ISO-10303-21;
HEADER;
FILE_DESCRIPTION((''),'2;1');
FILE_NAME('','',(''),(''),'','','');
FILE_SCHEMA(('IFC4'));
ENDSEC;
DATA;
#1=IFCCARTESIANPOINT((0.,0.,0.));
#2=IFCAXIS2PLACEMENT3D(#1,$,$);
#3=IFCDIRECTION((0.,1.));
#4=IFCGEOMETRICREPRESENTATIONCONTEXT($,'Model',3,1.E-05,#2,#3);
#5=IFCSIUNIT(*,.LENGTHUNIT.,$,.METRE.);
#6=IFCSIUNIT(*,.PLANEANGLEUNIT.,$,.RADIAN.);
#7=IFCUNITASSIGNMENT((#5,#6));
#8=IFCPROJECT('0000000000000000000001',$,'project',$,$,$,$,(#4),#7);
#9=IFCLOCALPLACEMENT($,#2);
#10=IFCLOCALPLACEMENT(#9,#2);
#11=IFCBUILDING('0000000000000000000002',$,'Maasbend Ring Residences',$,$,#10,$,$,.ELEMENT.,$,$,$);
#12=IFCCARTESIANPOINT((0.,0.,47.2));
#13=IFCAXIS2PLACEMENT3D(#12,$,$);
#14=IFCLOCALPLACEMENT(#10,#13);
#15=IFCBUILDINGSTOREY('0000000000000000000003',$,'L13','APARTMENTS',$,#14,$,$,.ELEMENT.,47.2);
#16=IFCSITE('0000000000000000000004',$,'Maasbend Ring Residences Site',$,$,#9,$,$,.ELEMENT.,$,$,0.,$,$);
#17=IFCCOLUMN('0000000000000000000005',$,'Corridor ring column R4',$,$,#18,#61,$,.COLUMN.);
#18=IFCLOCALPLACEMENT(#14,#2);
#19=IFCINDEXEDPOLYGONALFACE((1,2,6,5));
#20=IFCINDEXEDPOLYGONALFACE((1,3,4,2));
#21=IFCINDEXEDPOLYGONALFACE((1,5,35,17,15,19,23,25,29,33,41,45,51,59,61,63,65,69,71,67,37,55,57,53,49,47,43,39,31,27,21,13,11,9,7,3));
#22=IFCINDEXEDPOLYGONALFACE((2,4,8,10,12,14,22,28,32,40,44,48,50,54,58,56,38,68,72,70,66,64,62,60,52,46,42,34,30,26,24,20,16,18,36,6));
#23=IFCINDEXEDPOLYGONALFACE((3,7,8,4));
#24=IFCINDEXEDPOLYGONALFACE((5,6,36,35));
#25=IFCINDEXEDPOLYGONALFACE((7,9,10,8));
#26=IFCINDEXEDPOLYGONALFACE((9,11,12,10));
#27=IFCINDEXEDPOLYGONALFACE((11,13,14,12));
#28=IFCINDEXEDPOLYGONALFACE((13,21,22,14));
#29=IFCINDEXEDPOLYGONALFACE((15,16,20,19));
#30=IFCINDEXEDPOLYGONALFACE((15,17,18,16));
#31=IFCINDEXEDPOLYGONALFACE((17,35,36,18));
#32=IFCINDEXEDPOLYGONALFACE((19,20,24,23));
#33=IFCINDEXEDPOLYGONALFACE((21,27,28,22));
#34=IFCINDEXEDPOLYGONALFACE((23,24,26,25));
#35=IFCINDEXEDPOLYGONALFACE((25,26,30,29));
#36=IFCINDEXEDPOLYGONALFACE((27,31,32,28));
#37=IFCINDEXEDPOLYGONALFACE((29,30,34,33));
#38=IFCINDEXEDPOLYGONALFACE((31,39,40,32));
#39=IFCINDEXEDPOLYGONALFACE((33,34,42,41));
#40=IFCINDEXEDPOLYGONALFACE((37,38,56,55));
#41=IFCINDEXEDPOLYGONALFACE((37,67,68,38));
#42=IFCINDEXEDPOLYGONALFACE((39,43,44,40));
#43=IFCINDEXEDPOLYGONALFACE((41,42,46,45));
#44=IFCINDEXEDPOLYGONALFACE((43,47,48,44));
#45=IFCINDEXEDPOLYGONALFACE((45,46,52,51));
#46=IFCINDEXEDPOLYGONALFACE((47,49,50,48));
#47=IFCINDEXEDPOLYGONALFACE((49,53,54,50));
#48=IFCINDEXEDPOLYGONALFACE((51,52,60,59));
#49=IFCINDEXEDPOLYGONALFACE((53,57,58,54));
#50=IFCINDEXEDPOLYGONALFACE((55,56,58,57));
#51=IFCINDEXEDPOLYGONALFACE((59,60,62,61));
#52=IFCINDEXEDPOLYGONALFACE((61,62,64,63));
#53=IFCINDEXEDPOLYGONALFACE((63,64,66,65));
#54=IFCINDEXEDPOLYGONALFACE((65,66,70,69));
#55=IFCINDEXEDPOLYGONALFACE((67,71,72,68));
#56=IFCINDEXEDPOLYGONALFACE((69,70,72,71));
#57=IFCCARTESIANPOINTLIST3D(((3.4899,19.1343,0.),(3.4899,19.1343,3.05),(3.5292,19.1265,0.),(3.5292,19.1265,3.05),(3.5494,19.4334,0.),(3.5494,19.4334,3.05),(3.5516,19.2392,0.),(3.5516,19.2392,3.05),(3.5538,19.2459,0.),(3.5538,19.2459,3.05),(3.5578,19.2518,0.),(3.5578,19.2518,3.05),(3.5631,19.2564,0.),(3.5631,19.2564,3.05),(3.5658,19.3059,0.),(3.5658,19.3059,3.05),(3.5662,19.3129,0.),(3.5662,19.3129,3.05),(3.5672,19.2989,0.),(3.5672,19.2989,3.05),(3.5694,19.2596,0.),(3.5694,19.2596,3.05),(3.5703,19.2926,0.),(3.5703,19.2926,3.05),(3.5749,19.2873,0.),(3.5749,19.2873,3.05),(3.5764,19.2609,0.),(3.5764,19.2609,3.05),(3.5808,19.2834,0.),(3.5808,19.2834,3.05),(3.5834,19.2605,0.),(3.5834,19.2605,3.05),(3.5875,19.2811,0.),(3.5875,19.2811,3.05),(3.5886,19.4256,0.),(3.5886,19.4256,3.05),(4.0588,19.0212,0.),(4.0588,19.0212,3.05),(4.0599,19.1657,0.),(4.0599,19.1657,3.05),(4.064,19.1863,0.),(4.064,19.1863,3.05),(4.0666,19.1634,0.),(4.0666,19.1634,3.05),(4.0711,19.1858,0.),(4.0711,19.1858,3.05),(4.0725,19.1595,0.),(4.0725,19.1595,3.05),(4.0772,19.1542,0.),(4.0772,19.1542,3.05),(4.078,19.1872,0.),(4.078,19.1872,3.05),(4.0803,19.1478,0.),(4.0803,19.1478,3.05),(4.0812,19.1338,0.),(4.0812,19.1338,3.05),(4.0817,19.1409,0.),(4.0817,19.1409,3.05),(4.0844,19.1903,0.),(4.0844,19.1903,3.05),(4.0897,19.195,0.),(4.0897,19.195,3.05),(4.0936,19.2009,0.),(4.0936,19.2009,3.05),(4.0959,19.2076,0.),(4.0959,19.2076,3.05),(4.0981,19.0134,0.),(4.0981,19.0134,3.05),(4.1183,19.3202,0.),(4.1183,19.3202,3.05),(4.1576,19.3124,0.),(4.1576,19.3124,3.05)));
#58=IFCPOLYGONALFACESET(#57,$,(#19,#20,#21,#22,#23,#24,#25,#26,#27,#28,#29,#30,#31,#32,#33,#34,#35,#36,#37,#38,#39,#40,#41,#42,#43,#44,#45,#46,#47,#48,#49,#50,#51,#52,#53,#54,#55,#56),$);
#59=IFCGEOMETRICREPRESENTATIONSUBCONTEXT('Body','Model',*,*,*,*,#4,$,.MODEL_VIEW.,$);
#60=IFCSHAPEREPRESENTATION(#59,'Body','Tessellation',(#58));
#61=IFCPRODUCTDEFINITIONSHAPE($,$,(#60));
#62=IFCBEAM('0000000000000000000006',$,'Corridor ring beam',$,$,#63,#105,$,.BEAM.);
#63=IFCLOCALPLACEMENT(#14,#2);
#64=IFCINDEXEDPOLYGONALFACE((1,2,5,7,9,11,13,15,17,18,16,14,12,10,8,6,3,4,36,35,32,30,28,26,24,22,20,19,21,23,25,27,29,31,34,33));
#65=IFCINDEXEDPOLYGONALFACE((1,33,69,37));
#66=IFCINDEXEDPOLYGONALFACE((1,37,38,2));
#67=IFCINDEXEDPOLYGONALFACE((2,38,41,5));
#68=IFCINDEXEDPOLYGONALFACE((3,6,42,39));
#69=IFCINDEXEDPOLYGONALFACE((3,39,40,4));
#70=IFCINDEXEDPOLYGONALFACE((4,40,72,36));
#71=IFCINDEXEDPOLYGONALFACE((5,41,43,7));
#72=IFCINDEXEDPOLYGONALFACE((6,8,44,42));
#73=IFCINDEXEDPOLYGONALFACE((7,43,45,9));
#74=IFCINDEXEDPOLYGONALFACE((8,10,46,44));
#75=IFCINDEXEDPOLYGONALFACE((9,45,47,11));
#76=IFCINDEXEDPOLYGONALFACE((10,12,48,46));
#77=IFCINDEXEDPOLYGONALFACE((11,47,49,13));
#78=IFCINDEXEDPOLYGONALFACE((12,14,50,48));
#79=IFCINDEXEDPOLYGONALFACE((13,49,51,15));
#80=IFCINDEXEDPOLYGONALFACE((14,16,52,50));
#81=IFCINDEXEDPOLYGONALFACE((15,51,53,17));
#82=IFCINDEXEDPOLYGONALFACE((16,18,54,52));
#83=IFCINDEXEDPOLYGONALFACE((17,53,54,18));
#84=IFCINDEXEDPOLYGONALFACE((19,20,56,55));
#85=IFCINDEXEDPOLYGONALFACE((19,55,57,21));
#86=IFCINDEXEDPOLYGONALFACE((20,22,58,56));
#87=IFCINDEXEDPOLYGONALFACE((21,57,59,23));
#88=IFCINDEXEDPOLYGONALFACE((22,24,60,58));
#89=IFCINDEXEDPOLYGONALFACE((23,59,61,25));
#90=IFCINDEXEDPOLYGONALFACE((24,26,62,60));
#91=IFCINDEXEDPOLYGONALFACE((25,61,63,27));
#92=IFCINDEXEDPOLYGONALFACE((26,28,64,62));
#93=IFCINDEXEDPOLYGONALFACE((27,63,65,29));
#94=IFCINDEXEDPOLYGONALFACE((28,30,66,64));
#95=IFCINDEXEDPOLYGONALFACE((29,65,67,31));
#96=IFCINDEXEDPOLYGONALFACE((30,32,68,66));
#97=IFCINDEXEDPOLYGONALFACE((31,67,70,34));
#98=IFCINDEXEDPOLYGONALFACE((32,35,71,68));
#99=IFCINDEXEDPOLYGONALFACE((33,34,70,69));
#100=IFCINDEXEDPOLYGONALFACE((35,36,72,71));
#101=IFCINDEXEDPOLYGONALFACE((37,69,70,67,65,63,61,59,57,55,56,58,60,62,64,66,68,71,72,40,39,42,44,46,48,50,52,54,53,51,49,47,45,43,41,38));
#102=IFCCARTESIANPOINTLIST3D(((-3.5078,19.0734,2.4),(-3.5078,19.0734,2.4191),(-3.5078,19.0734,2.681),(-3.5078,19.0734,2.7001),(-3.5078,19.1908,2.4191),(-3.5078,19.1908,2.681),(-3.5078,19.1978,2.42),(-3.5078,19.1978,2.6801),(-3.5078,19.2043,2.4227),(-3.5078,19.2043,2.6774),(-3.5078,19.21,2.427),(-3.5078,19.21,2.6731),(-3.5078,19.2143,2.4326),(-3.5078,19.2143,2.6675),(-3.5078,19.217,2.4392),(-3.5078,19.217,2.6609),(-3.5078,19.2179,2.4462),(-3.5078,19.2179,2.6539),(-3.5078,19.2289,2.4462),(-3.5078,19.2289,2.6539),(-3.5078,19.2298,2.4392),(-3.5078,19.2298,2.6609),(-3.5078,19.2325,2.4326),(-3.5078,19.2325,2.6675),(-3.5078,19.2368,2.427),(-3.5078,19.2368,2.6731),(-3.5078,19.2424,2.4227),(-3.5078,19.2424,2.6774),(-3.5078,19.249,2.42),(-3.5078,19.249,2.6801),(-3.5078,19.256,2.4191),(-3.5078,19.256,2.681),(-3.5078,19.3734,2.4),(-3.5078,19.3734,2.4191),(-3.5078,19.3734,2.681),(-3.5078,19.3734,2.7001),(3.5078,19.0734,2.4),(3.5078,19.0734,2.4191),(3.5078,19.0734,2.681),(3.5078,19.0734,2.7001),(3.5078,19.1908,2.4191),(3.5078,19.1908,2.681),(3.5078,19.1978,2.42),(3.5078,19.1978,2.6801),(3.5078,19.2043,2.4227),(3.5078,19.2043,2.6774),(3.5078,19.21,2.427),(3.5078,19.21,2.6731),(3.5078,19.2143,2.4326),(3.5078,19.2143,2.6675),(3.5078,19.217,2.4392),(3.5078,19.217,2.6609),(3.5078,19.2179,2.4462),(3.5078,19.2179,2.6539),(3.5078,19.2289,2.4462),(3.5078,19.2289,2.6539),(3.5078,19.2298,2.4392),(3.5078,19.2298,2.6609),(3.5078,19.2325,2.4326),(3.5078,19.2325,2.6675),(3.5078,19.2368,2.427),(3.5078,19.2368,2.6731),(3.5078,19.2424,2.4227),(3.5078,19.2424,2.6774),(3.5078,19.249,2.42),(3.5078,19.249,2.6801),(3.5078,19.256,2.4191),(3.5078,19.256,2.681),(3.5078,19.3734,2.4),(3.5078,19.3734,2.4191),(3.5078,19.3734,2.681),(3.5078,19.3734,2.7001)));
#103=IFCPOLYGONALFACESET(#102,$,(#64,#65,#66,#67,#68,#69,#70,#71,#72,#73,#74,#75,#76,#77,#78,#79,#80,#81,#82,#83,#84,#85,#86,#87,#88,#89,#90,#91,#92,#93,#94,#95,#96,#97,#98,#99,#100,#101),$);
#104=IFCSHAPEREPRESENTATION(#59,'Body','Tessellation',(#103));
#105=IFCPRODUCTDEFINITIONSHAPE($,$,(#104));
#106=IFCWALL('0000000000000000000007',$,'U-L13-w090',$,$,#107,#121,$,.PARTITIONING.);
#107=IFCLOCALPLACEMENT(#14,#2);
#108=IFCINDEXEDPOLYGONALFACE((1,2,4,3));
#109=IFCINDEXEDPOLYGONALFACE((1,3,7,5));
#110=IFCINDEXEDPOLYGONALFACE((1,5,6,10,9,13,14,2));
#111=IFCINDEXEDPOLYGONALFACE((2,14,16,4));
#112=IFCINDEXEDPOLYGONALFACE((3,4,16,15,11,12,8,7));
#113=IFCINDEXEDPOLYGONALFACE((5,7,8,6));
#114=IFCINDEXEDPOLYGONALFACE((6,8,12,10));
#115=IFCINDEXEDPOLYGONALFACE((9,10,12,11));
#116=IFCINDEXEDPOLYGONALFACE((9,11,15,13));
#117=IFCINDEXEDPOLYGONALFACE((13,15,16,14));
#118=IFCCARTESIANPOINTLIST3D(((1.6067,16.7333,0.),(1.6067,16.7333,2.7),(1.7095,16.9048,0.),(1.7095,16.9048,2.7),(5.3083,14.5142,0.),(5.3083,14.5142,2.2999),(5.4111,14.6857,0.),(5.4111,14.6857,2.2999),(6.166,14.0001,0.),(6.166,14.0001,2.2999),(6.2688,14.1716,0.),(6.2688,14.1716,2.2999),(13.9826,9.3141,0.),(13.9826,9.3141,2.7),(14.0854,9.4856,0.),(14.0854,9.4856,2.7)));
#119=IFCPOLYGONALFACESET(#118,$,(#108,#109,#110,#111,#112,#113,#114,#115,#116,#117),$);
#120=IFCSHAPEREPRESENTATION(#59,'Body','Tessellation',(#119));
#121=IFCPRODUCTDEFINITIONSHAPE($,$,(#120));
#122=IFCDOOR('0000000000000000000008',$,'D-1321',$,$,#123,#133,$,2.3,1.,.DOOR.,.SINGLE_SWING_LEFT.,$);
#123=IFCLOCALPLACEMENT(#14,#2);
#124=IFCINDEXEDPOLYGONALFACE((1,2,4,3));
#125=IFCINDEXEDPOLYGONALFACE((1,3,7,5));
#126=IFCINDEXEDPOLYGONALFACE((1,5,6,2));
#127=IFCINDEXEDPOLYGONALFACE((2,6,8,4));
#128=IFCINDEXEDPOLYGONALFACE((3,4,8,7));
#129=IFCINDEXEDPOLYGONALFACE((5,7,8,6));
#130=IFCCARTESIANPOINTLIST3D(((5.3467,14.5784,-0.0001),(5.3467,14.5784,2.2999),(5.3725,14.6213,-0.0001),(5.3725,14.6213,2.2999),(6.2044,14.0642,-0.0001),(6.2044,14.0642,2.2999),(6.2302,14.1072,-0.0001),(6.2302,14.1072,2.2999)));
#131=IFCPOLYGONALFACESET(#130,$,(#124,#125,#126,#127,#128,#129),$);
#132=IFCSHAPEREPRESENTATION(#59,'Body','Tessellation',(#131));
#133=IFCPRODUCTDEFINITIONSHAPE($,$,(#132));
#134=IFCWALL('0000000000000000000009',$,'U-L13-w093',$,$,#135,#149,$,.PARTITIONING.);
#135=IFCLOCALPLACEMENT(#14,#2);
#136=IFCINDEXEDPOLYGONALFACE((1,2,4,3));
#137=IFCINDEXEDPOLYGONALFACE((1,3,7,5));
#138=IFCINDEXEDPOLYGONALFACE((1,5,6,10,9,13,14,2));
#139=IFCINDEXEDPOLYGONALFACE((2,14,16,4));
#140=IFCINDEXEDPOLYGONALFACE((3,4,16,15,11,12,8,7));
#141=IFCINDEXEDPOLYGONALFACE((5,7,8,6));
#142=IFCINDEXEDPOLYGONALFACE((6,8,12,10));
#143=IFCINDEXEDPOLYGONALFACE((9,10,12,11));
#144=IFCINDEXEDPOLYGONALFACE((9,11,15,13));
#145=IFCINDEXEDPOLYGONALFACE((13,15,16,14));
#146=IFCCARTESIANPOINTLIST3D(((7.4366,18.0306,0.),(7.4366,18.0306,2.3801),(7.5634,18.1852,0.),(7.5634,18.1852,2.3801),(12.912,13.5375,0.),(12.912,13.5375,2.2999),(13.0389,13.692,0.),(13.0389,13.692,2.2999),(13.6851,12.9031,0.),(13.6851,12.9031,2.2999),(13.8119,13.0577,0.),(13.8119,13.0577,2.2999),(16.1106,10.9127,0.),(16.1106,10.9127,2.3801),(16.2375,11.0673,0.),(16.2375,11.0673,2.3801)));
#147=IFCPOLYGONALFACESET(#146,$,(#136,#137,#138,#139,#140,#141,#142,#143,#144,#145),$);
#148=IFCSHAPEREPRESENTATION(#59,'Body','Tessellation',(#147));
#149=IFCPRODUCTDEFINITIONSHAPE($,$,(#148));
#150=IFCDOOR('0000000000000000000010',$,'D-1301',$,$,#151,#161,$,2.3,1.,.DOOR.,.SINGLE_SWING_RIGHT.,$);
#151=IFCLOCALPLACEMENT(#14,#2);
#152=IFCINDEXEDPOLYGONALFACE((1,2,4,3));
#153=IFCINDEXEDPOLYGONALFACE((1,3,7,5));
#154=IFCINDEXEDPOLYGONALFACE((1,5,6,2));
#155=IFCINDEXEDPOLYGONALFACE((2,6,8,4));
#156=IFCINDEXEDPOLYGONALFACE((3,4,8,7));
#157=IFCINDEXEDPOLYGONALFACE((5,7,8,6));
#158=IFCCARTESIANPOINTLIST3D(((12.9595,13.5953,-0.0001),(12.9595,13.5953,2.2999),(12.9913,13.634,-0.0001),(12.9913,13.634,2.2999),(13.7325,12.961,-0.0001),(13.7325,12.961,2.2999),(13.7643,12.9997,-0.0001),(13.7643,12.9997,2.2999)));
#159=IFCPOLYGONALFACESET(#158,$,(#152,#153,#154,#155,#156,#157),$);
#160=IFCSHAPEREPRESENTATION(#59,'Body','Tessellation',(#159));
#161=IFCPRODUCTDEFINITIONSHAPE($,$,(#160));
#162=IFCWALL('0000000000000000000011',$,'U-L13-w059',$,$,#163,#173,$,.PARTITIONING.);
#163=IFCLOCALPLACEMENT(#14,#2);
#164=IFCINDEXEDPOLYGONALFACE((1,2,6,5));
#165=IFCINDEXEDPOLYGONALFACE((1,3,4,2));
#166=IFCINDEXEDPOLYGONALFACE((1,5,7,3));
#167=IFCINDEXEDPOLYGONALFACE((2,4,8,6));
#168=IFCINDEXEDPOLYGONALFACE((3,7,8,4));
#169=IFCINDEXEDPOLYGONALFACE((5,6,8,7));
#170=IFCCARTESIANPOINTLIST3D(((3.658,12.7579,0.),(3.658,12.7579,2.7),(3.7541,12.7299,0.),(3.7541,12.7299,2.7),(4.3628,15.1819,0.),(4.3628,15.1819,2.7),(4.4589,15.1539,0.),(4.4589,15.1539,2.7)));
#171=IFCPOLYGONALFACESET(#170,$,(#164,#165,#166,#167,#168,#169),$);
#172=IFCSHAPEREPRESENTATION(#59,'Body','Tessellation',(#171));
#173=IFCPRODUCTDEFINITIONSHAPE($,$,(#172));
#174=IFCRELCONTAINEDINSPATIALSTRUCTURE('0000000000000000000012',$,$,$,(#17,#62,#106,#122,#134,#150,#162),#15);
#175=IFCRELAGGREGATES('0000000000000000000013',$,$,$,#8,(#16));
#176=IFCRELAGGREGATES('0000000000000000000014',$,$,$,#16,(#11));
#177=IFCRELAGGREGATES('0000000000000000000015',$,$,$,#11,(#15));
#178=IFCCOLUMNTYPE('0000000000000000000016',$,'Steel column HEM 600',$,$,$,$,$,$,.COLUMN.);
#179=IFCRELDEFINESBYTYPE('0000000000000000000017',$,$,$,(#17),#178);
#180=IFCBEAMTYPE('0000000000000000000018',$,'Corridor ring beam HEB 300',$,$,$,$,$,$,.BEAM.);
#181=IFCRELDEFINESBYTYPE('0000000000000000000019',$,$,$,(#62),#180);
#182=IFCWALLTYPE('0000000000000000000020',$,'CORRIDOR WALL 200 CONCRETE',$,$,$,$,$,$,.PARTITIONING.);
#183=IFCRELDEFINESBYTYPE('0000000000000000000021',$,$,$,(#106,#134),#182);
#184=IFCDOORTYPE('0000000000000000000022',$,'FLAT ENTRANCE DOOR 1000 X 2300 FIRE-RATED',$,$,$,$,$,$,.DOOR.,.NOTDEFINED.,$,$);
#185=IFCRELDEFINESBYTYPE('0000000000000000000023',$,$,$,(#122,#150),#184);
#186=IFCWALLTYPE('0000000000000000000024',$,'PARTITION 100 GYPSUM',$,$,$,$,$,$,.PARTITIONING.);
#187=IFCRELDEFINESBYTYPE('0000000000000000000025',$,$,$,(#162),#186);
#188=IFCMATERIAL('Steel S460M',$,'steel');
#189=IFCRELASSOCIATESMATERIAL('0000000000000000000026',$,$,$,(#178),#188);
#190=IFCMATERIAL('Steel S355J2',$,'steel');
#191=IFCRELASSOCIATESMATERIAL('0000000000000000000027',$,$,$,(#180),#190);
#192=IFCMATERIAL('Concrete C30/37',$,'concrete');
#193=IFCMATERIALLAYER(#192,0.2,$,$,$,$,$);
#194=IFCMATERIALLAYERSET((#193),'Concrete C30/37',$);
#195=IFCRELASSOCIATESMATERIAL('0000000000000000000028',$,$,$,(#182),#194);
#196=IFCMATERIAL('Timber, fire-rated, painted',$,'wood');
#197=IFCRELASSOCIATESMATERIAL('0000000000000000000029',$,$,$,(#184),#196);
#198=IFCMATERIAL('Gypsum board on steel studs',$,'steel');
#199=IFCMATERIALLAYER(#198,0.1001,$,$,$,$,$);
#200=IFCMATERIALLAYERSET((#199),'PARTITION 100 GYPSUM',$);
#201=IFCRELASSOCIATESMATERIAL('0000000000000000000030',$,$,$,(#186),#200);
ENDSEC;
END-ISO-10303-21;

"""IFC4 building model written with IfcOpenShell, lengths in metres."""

from ifc_helpers import new_model, si_unit, direction, frame, frame_2d, origin, origin_2d, place, context, subcontext, project, spatial, rectangle, i_section, extrude, material, layer, layer_set, material_profile, profile_set, type_object, element, fill, save


model = new_model("IFC4")

# Units and contexts
model_context = context("Model", 3, precision=1e-05, world=origin(), true_north=direction((0.0, 1.0)))
body_context = subcontext(model_context, "Body", "Model", "MODEL_VIEW")
ifc_project = project(units=[si_unit("LENGTHUNIT", "METRE"), si_unit("PLANEANGLEUNIT", "RADIAN")], contexts=[model_context])

# Site, building, storey
site_placement = place(None, origin())
site = spatial("IfcSite", under=ifc_project, at=site_placement, Name="Maasbend Ring Residences Site", CompositionType="ELEMENT", RefElevation=0.0)
building_placement = place(site_placement, origin())
building = spatial("IfcBuilding", under=site, at=building_placement, Name="Maasbend Ring Residences", CompositionType="ELEMENT")
storey_placement = place(building_placement, frame((0.0, 0.0, 47.2)))
storey = spatial("IfcBuildingStorey", under=building, at=storey_placement, Name="L13", Description="APARTMENTS", CompositionType="ELEMENT", Elevation=47.2)

# Column
ifc_material_1 = material(Name="Steel S460M", Category="steel")
ifc_material_profile_1 = material_profile(ifc_material_1, i_section(OverallWidth=0.3049, OverallDepth=0.6201, WebThickness=0.021, FlangeThickness=0.04, FilletRadius=0.0271, at=origin_2d()), Name="HEM 600")
ifc_profile_set_1 = profile_set([ifc_material_profile_1], Name="Steel S460M")
column_type = type_object("IfcColumnType", Name="Steel column HEM 600", PredefinedType="COLUMN", material=ifc_profile_set_1)
column_placement = place(storey_placement, frame((3.8237, 19.2234, 0.0), z_axis=(0.0, 0.0, 1.0), x_axis=(0.19509, 0.980785, 0.0)))
element("IfcColumn", 1, at=column_placement, inside=storey, type_object=column_type, Name="Corridor ring column R4", PredefinedType="COLUMN", context=body_context, shape_type="SweptSolid", body=[
    extrude(i_section(OverallWidth=0.3049, OverallDepth=0.6201, WebThickness=0.021, FlangeThickness=0.04, FilletRadius=0.0271, at=origin_2d()), origin(), (0.0, 0.0, 1.0), 3.05),
])

# Beam
ifc_material_2 = material(Name="Steel S355J2", Category="steel")
ifc_material_profile_2 = material_profile(ifc_material_2, i_section(OverallWidth=0.3, OverallDepth=0.3, WebThickness=0.011, FlangeThickness=0.019, FilletRadius=0.0271, at=origin_2d()), Name="HEB 300")
ifc_profile_set_2 = profile_set([ifc_material_profile_2], Name="Steel S355J2")
beam_type = type_object("IfcBeamType", Name="Corridor ring beam HEB 300", PredefinedType="BEAM", material=ifc_profile_set_2)
beam_placement = place(storey_placement, frame((3.5078, 19.2234, 2.55), z_axis=(-1.0, 0.0, 0.0), x_axis=(0.0, -1.0, 0.0)))
element("IfcBeam", 2, at=beam_placement, inside=storey, type_object=beam_type, Name="Corridor ring beam", PredefinedType="BEAM", context=body_context, shape_type="SweptSolid", body=[
    extrude(i_section(OverallWidth=0.3, OverallDepth=0.3, WebThickness=0.011, FlangeThickness=0.019, FilletRadius=0.0271, at=origin_2d()), origin(), (0.0, 0.0, 1.0), 7.0156),
])

# Walls, openings, doors
ifc_material_3 = material(Name="Concrete C30/37", Category="concrete")
ifc_layer_1 = layer(ifc_material_3, 0.2)
ifc_layer_set_1 = layer_set([ifc_layer_1], Name="Concrete C30/37")
wall_type_1 = type_object("IfcWallType", Name="CORRIDOR WALL 200 CONCRETE", PredefinedType="PARTITIONING", material=ifc_layer_set_1)
wall_1_placement = place(storey_placement, frame((1.658, 16.8191, 0.0), z_axis=(0.0, 0.0, 1.0), x_axis=(0.857688, -0.51417, 0.0)))
wall_1 = element("IfcWall", 3, at=wall_1_placement, inside=storey, type_object=wall_type_1, Name="U-L13-w090", PredefinedType="PARTITIONING", context=body_context, shape_type="SweptSolid", body=[
    extrude(rectangle(XDim=14.4294, YDim=0.2, at=frame_2d((7.2148, 0.0))), origin(), (0.0, 0.0, 1.0), 2.7),
])
opening_1_placement = place(wall_1_placement, frame((4.3159, 0.0, 0.0)))
opening_1 = element("IfcOpeningElement", 4, at=opening_1_placement, cuts=wall_1, PredefinedType="OPENING", context=body_context, shape_type="SweptSolid", body=[
    extrude(rectangle(XDim=1.0, YDim=2.3, at=frame_2d((0.5, 1.1499))), frame((0.0, 0.1099, 0.0), z_axis=(0.0, -1.0, 0.0), x_axis=(1.0, 0.0, 0.0)), (0.0, 0.0, 1.0), 0.22),
])
ifc_material_4 = material(Name="Timber, fire-rated, painted", Category="wood")
door_type_1 = type_object("IfcDoorType", Name="FLAT ENTRANCE DOOR 1000 X 2300 FIRE-RATED", OperationType="NOTDEFINED", PredefinedType="DOOR", material=ifc_material_4)
door_1_placement = place(opening_1_placement, origin())
door_1 = element("IfcDoor", 5, at=door_1_placement, inside=storey, type_object=door_type_1, Name="D-1321", OperationType="SINGLE_SWING_LEFT", OverallHeight=2.3, OverallWidth=1.0, PredefinedType="DOOR", context=body_context, shape_type="SweptSolid", body=[
    extrude(rectangle(XDim=1.0, YDim=2.3, at=frame_2d((0.5, 1.1499))), frame((0.0, 0.0249, 0.0), z_axis=(0.0, -1.0, 0.0), x_axis=(1.0, 0.0, 0.0)), (0.0, 0.0, 1.0), 0.05),
])
fill(opening_1, door_1)
wall_2_placement = place(storey_placement, frame((7.5, 18.1079, 0.0), z_axis=(0.0, 0.0, 1.0), x_axis=(0.773041, -0.634356, 0.0)))
wall_2 = element("IfcWall", 6, at=wall_2_placement, inside=storey, type_object=wall_type_1, Name="U-L13-w093", PredefinedType="PARTITIONING", context=body_context, shape_type="SweptSolid", body=[
    extrude(rectangle(XDim=11.2207, YDim=0.2, at=frame_2d((5.6104, 0.0))), origin(), (0.0, 0.0, 1.0), 2.3801),
])
opening_2_placement = place(wall_2_placement, frame((7.083, 0.0, 0.0)))
opening_2 = element("IfcOpeningElement", 7, at=opening_2_placement, cuts=wall_2, PredefinedType="OPENING", context=body_context, shape_type="SweptSolid", body=[
    extrude(rectangle(XDim=1.0, YDim=2.3, at=frame_2d((0.5, 1.1499))), frame((0.0, 0.1099, 0.0), z_axis=(0.0, -1.0, 0.0), x_axis=(1.0, 0.0, 0.0)), (0.0, 0.0, 1.0), 0.22),
])
door_2_placement = place(opening_2_placement, origin())
door_2 = element("IfcDoor", 8, at=door_2_placement, inside=storey, type_object=door_type_1, Name="D-1301", OperationType="SINGLE_SWING_RIGHT", OverallHeight=2.3, OverallWidth=1.0, PredefinedType="DOOR", context=body_context, shape_type="SweptSolid", body=[
    extrude(rectangle(XDim=1.0, YDim=2.3, at=frame_2d((0.5, 1.1499))), frame((0.0, 0.0249, 0.0), z_axis=(0.0, -1.0, 0.0), x_axis=(1.0, 0.0, 0.0)), (0.0, 0.0, 1.0), 0.05),
])
fill(opening_2, door_2)

# Wall
ifc_material_5 = material(Name="Gypsum board on steel studs", Category="steel")
ifc_layer_2 = layer(ifc_material_5, 0.1001)
ifc_layer_set_2 = layer_set([ifc_layer_2], Name="PARTITION 100 GYPSUM")
wall_type_2 = type_object("IfcWallType", Name="PARTITION 100 GYPSUM", PredefinedType="PARTITIONING", material=ifc_layer_set_2)
wall_3_placement = place(storey_placement, frame((3.7061, 12.7439, 0.0), z_axis=(0.0, 0.0, 1.0), x_axis=(0.279201, 0.960233, 0.0)))
element("IfcWall", 9, at=wall_3_placement, inside=storey, type_object=wall_type_2, Name="U-L13-w059", PredefinedType="PARTITIONING", context=body_context, shape_type="SweptSolid", body=[
    extrude(rectangle(XDim=2.5244, YDim=0.1001, at=frame_2d((1.2622, 0.0))), origin(), (0.0, 0.0, 1.0), 2.7),
])

save(model, "model.ifc")
